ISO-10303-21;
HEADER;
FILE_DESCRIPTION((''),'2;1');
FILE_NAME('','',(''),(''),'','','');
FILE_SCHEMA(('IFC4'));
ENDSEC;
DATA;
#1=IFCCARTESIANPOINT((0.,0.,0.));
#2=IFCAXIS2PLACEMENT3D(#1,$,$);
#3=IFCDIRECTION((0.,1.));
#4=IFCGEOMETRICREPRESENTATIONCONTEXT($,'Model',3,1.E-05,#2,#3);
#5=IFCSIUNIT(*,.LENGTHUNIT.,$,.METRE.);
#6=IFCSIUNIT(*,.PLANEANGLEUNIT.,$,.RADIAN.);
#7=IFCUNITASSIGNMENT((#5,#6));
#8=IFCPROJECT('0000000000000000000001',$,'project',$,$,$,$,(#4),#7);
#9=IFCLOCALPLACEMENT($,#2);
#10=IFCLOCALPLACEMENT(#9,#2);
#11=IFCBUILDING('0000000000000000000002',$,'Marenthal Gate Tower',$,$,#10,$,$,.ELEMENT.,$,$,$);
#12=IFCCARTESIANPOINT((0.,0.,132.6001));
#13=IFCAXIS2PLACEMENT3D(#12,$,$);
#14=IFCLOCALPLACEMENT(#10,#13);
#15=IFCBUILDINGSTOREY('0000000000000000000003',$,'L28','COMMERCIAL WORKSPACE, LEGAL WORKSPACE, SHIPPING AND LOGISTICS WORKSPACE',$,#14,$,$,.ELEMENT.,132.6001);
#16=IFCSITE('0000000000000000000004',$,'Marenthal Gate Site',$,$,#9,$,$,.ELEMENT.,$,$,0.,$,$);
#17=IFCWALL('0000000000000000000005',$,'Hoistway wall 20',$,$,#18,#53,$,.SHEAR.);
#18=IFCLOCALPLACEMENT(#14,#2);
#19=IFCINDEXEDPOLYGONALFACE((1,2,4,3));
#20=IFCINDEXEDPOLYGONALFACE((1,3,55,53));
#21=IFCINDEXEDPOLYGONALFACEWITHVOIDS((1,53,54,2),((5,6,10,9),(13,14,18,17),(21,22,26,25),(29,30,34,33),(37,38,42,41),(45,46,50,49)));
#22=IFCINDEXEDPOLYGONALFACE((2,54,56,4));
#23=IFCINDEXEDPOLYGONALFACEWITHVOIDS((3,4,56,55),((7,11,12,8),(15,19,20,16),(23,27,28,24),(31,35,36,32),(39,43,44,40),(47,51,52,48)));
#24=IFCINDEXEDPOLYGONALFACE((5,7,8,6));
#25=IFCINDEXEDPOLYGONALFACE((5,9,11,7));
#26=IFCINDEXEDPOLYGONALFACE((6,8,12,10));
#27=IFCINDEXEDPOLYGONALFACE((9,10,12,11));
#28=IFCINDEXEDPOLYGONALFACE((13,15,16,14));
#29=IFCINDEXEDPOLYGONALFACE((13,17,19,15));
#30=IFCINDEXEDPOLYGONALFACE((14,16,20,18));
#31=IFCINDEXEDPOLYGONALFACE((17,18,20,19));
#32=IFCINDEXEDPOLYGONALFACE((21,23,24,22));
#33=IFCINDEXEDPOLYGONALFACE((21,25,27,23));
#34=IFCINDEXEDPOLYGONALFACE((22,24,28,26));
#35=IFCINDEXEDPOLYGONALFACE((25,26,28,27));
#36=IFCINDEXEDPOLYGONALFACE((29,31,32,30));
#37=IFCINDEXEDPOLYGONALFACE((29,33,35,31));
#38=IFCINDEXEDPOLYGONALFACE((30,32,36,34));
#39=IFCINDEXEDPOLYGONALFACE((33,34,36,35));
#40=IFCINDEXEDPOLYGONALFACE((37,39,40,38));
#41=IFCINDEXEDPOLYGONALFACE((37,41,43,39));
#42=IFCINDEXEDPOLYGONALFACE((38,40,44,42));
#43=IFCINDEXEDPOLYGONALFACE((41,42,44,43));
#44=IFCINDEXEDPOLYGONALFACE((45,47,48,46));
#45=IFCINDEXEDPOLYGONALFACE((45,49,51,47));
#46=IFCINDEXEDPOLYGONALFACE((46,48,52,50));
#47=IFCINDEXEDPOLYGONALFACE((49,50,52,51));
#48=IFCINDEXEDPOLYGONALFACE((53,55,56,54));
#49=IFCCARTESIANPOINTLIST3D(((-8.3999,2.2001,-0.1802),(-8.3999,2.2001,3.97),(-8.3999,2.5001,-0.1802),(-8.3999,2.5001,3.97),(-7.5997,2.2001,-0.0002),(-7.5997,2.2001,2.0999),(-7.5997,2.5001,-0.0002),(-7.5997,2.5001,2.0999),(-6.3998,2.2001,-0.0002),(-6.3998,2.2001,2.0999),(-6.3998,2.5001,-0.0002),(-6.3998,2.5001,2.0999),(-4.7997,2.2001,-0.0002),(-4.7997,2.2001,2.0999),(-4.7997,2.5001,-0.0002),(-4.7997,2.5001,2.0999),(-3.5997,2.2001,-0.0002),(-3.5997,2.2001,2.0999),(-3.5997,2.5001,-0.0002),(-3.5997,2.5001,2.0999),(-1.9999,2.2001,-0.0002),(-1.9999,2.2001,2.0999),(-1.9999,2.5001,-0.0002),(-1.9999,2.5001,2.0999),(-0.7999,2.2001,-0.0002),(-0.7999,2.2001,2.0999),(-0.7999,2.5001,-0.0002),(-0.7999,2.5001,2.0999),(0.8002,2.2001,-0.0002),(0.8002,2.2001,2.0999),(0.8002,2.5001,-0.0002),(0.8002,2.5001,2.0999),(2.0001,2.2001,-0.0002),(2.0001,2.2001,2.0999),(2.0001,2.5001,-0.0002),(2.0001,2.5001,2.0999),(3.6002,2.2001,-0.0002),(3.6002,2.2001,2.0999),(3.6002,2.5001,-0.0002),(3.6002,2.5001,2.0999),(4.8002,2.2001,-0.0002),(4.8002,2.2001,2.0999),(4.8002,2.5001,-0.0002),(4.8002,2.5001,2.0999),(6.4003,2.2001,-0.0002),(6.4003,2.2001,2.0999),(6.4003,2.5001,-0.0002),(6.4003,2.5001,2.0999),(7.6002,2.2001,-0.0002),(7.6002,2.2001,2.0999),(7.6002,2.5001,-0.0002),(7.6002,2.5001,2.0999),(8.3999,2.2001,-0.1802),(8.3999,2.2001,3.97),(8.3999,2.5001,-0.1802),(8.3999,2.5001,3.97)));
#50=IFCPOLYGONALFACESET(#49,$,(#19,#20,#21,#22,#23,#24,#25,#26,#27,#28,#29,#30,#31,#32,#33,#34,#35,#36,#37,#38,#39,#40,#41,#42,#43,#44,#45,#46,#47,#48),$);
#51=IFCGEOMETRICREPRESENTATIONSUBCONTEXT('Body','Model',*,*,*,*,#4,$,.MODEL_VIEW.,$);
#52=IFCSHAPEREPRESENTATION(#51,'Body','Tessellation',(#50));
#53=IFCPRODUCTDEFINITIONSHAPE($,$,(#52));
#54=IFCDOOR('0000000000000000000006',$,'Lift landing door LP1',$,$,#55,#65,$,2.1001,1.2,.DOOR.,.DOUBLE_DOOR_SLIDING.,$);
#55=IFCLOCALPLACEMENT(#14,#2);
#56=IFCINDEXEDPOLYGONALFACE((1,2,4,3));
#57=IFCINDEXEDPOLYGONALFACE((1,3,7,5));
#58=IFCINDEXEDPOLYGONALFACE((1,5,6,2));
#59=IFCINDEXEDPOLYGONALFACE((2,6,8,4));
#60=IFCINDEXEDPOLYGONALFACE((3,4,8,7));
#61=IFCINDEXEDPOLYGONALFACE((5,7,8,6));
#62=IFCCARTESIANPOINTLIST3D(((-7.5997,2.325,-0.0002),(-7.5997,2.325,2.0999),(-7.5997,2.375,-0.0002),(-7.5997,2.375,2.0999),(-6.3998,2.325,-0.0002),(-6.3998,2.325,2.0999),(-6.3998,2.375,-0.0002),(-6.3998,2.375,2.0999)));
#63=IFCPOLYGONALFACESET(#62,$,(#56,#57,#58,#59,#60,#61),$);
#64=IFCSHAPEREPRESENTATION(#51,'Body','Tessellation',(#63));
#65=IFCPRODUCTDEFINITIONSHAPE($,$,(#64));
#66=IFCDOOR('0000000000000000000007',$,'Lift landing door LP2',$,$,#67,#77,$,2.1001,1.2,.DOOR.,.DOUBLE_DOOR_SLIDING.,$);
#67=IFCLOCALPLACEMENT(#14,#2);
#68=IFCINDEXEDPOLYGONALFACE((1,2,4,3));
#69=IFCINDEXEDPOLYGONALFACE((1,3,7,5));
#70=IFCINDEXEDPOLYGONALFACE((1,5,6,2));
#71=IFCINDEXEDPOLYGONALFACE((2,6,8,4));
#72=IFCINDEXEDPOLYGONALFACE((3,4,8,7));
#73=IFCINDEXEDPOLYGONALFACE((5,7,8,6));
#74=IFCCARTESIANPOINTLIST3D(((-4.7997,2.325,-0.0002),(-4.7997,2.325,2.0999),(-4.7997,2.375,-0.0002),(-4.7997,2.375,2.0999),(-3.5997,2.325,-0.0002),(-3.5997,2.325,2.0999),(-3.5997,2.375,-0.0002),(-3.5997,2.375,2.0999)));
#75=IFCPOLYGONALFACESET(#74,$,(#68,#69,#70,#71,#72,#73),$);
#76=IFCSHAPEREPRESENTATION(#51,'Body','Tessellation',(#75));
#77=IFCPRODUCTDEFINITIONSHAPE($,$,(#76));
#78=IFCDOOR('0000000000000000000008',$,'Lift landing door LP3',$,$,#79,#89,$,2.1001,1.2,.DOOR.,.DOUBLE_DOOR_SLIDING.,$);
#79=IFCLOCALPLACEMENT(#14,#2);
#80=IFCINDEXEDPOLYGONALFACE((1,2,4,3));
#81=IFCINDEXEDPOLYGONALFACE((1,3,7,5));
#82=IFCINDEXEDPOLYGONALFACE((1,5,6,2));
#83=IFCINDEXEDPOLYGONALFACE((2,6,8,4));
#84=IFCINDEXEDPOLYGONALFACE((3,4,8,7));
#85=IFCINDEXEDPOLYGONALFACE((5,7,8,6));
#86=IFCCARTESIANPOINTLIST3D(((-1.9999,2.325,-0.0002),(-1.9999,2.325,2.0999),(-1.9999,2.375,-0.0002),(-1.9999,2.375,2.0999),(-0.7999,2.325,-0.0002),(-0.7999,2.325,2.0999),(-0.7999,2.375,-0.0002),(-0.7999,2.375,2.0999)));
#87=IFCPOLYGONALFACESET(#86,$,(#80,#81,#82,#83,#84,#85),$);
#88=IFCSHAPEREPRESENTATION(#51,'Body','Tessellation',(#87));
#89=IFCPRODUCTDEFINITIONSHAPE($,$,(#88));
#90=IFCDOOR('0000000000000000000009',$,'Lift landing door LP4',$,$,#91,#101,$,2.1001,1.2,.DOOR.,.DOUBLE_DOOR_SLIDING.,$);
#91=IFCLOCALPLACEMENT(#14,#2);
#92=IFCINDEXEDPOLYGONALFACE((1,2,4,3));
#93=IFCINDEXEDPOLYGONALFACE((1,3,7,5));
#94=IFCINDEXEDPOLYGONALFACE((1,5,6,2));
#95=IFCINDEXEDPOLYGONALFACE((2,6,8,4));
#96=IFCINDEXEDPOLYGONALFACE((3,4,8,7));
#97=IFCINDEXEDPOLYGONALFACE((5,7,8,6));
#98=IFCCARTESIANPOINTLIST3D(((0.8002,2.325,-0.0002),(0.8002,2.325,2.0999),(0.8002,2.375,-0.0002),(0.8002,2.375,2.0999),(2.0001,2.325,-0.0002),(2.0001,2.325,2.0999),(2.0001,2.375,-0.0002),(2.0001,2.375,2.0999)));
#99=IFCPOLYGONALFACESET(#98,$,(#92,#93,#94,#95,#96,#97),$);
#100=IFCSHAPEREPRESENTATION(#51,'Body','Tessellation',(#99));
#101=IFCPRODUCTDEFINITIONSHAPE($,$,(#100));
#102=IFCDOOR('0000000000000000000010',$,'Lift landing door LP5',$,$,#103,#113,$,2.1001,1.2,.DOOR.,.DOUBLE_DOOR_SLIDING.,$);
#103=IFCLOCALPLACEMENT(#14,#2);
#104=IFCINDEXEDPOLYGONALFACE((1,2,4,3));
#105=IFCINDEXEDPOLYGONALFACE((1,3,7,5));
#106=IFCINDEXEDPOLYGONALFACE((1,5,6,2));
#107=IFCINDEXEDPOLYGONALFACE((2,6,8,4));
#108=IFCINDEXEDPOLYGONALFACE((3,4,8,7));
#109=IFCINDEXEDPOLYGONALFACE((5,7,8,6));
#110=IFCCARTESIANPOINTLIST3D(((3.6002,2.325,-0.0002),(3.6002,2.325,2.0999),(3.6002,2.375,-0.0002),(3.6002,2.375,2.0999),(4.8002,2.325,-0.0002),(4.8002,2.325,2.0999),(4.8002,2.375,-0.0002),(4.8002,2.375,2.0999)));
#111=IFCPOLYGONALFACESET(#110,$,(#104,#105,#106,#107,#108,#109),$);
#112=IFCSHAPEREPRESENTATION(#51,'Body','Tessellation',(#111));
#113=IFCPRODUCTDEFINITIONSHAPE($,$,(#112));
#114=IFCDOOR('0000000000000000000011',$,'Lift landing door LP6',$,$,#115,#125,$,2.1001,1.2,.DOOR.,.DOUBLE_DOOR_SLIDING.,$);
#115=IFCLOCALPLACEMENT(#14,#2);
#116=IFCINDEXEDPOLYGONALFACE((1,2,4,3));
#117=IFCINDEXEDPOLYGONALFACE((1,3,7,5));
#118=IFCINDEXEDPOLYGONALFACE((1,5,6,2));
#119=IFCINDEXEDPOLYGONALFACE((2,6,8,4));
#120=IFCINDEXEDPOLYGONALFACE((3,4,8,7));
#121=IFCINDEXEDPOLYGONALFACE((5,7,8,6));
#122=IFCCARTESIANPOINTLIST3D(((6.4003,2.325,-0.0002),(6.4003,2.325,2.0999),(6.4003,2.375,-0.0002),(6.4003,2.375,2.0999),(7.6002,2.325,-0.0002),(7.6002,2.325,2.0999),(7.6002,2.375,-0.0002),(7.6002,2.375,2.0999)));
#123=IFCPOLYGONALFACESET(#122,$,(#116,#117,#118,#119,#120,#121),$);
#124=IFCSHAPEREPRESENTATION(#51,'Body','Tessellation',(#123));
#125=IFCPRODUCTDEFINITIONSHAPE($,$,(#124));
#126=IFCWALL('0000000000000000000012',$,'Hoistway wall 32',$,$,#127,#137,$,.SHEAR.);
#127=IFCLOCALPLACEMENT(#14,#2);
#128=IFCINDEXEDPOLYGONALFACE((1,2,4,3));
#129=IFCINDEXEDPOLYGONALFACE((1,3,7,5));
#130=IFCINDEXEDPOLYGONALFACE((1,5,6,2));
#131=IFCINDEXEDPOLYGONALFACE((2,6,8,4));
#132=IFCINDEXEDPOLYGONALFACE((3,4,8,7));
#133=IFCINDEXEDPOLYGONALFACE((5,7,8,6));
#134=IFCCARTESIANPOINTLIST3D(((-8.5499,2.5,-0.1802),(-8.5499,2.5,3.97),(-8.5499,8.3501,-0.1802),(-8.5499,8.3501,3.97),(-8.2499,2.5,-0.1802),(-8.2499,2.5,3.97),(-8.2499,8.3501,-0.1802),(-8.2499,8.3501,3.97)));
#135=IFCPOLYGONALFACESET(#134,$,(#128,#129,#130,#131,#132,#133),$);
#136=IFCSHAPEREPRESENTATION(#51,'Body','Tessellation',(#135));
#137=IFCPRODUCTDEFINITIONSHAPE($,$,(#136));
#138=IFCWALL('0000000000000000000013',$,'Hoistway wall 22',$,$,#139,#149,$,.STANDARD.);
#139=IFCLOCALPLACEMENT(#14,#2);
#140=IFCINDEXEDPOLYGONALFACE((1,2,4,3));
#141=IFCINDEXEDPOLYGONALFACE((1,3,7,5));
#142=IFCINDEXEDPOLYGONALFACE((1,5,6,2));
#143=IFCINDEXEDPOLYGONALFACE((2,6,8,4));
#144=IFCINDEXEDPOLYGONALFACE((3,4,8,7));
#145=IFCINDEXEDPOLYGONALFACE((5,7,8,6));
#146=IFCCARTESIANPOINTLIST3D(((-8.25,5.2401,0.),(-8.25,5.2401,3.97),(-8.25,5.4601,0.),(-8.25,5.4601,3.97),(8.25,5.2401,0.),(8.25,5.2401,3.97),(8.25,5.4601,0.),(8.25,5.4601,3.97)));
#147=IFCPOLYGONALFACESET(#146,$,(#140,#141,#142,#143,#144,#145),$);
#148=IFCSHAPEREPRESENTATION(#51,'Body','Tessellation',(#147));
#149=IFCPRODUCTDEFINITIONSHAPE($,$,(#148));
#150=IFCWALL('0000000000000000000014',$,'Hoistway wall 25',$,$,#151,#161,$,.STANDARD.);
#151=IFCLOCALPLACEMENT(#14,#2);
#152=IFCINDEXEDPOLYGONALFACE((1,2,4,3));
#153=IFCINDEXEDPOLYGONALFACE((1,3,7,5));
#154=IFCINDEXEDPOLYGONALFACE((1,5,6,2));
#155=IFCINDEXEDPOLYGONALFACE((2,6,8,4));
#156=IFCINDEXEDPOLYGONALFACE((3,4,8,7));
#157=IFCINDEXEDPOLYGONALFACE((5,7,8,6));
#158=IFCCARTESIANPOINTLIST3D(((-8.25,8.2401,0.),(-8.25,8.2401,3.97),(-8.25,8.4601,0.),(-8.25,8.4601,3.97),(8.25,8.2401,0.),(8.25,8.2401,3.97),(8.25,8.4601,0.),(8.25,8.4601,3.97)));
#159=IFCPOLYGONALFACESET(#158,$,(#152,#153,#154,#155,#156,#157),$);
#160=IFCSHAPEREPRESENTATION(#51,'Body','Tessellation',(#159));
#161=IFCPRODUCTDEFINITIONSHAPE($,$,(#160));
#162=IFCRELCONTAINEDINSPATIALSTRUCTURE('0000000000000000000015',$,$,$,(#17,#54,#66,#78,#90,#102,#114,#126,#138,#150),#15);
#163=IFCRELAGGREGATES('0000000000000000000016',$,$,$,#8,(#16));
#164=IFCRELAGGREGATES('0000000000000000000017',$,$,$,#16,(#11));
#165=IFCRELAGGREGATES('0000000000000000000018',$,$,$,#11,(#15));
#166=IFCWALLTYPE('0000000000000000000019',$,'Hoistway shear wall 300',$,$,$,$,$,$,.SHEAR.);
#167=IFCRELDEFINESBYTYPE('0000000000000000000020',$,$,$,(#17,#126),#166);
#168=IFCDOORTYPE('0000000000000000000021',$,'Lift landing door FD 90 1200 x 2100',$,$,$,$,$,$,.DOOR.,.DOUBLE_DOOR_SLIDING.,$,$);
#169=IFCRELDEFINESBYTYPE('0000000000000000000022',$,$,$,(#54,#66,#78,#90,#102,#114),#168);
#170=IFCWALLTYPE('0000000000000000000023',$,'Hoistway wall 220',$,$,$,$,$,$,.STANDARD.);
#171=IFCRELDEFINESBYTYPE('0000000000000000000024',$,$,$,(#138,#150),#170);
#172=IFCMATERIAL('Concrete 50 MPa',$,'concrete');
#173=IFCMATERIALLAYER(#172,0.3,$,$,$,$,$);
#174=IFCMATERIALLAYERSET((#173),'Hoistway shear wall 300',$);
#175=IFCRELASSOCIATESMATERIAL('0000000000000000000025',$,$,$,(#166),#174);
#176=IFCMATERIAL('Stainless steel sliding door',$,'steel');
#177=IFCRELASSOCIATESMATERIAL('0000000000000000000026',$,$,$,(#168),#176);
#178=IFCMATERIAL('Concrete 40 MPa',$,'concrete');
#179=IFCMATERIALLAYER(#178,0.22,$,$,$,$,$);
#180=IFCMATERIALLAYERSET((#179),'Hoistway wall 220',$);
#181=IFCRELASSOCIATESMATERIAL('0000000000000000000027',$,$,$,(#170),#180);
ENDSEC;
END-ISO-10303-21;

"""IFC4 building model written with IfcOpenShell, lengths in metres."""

from ifc_helpers import new_model, si_unit, direction, frame, frame_2d, origin, place, context, subcontext, project, spatial, rectangle, extrude, material, layer, layer_set, type_object, element, fill, save


model = new_model("IFC4")

# Units and contexts
model_context = context("Model", 3, precision=1e-05, world=origin(), true_north=direction((0.0, 1.0)))
body_context = subcontext(model_context, "Body", "Model", "MODEL_VIEW")
ifc_project = project(units=[si_unit("LENGTHUNIT", "METRE"), si_unit("PLANEANGLEUNIT", "RADIAN")], contexts=[model_context])

# Site, building, storey
site_placement = place(None, origin())
site = spatial("IfcSite", under=ifc_project, at=site_placement, Name="Marenthal Gate Site", CompositionType="ELEMENT", RefElevation=0.0)
building_placement = place(site_placement, origin())
building = spatial("IfcBuilding", under=site, at=building_placement, Name="Marenthal Gate Tower", CompositionType="ELEMENT")
storey_placement = place(building_placement, frame((0.0, 0.0, 132.6001)))
storey = spatial("IfcBuildingStorey", under=building, at=storey_placement, Name="L28", Description="COMMERCIAL WORKSPACE, LEGAL WORKSPACE, SHIPPING AND LOGISTICS WORKSPACE", CompositionType="ELEMENT", Elevation=132.6001)

# Wall, openings, doors
ifc_material_1 = material(Name="Concrete 50 MPa", Category="concrete")
ifc_layer_1 = layer(ifc_material_1, 0.3)
ifc_layer_set_1 = layer_set([ifc_layer_1], Name="Hoistway shear wall 300")
wall_type_1 = type_object("IfcWallType", Name="Hoistway shear wall 300", PredefinedType="SHEAR", material=ifc_layer_set_1)
wall_1_placement = place(storey_placement, frame((-8.3999, 2.3501, -0.1802), z_axis=(0.0, 0.0, 1.0), x_axis=(1.0, 0.0, 0.0)))
wall_1 = element("IfcWall", 1, at=wall_1_placement, inside=storey, type_object=wall_type_1, Name="Hoistway wall 20", PredefinedType="SHEAR", context=body_context, shape_type="SweptSolid", body=[
    extrude(rectangle(XDim=16.7998, YDim=0.3, at=frame_2d((8.3999, 0.0))), origin(), (0.0, 0.0, 1.0), 4.1501),
])
opening_1_placement = place(wall_1_placement, frame((0.8, 0.0, 0.1799)))
opening_1 = element("IfcOpeningElement", 2, at=opening_1_placement, cuts=wall_1, PredefinedType="OPENING", context=body_context, shape_type="SweptSolid", body=[
    extrude(rectangle(XDim=1.2, YDim=2.1001, at=frame_2d((0.6001, 1.05))), frame((0.0, 0.1602, 0.0), z_axis=(0.0, -1.0, 0.0), x_axis=(1.0, 0.0, 0.0)), (0.0, 0.0, 1.0), 0.3201),
])
opening_2_placement = place(wall_1_placement, frame((3.6001, 0.0, 0.1799)))
opening_2 = element("IfcOpeningElement", 3, at=opening_2_placement, cuts=wall_1, PredefinedType="OPENING", context=body_context, shape_type="SweptSolid", body=[
    extrude(rectangle(XDim=1.2, YDim=2.1001, at=frame_2d((0.6001, 1.05))), frame((0.0, 0.1602, 0.0), z_axis=(0.0, -1.0, 0.0), x_axis=(1.0, 0.0, 0.0)), (0.0, 0.0, 1.0), 0.3201),
])
opening_3_placement = place(wall_1_placement, frame((6.3999, 0.0, 0.1799)))
opening_3 = element("IfcOpeningElement", 4, at=opening_3_placement, cuts=wall_1, PredefinedType="OPENING", context=body_context, shape_type="SweptSolid", body=[
    extrude(rectangle(XDim=1.2, YDim=2.1001, at=frame_2d((0.6001, 1.05))), frame((0.0, 0.1602, 0.0), z_axis=(0.0, -1.0, 0.0), x_axis=(1.0, 0.0, 0.0)), (0.0, 0.0, 1.0), 0.3201),
])
opening_4_placement = place(wall_1_placement, frame((9.2, 0.0, 0.1799)))
opening_4 = element("IfcOpeningElement", 5, at=opening_4_placement, cuts=wall_1, PredefinedType="OPENING", context=body_context, shape_type="SweptSolid", body=[
    extrude(rectangle(XDim=1.2, YDim=2.1001, at=frame_2d((0.6001, 1.05))), frame((0.0, 0.1602, 0.0), z_axis=(0.0, -1.0, 0.0), x_axis=(1.0, 0.0, 0.0)), (0.0, 0.0, 1.0), 0.3201),
])
opening_5_placement = place(wall_1_placement, frame((12.0, 0.0, 0.1799)))
opening_5 = element("IfcOpeningElement", 6, at=opening_5_placement, cuts=wall_1, PredefinedType="OPENING", context=body_context, shape_type="SweptSolid", body=[
    extrude(rectangle(XDim=1.2, YDim=2.1001, at=frame_2d((0.6001, 1.05))), frame((0.0, 0.1602, 0.0), z_axis=(0.0, -1.0, 0.0), x_axis=(1.0, 0.0, 0.0)), (0.0, 0.0, 1.0), 0.3201),
])
opening_6_placement = place(wall_1_placement, frame((14.8, 0.0, 0.1799)))
opening_6 = element("IfcOpeningElement", 7, at=opening_6_placement, cuts=wall_1, PredefinedType="OPENING", context=body_context, shape_type="SweptSolid", body=[
    extrude(rectangle(XDim=1.2, YDim=2.1001, at=frame_2d((0.6001, 1.05))), frame((0.0, 0.1602, 0.0), z_axis=(0.0, -1.0, 0.0), x_axis=(1.0, 0.0, 0.0)), (0.0, 0.0, 1.0), 0.3201),
])
ifc_material_2 = material(Name="Stainless steel sliding door", Category="steel")
door_type = type_object("IfcDoorType", Name="Lift landing door FD 90 1200 x 2100", OperationType="DOUBLE_DOOR_SLIDING", PredefinedType="DOOR", material=ifc_material_2)
door_1_placement = place(opening_1_placement, origin())
door_1 = element("IfcDoor", 8, at=door_1_placement, inside=storey, type_object=door_type, Name="Lift landing door LP1", OperationType="DOUBLE_DOOR_SLIDING", OverallHeight=2.1001, OverallWidth=1.2, PredefinedType="DOOR", context=body_context, shape_type="SweptSolid", body=[
    extrude(rectangle(XDim=1.2, YDim=2.1001, at=frame_2d((0.6001, 1.05))), frame((0.0, 0.0249, 0.0), z_axis=(0.0, -1.0, 0.0), x_axis=(1.0, 0.0, 0.0)), (0.0, 0.0, 1.0), 0.05),
])
fill(opening_1, door_1)
door_2_placement = place(opening_2_placement, origin())
door_2 = element("IfcDoor", 9, at=door_2_placement, inside=storey, type_object=door_type, Name="Lift landing door LP2", OperationType="DOUBLE_DOOR_SLIDING", OverallHeight=2.1001, OverallWidth=1.2, PredefinedType="DOOR", context=body_context, shape_type="SweptSolid", body=[
    extrude(rectangle(XDim=1.2, YDim=2.1001, at=frame_2d((0.6001, 1.05))), frame((0.0, 0.0249, 0.0), z_axis=(0.0, -1.0, 0.0), x_axis=(1.0, 0.0, 0.0)), (0.0, 0.0, 1.0), 0.05),
])
fill(opening_2, door_2)
door_3_placement = place(opening_3_placement, origin())
door_3 = element("IfcDoor", 10, at=door_3_placement, inside=storey, type_object=door_type, Name="Lift landing door LP3", OperationType="DOUBLE_DOOR_SLIDING", OverallHeight=2.1001, OverallWidth=1.2, PredefinedType="DOOR", context=body_context, shape_type="SweptSolid", body=[
    extrude(rectangle(XDim=1.2, YDim=2.1001, at=frame_2d((0.6001, 1.05))), frame((0.0, 0.0249, 0.0), z_axis=(0.0, -1.0, 0.0), x_axis=(1.0, 0.0, 0.0)), (0.0, 0.0, 1.0), 0.05),
])
fill(opening_3, door_3)
door_4_placement = place(opening_4_placement, origin())
door_4 = element("IfcDoor", 11, at=door_4_placement, inside=storey, type_object=door_type, Name="Lift landing door LP4", OperationType="DOUBLE_DOOR_SLIDING", OverallHeight=2.1001, OverallWidth=1.2, PredefinedType="DOOR", context=body_context, shape_type="SweptSolid", body=[
    extrude(rectangle(XDim=1.2, YDim=2.1001, at=frame_2d((0.6001, 1.05))), frame((0.0, 0.0249, 0.0), z_axis=(0.0, -1.0, 0.0), x_axis=(1.0, 0.0, 0.0)), (0.0, 0.0, 1.0), 0.05),
])
fill(opening_4, door_4)
door_5_placement = place(opening_5_placement, origin())
door_5 = element("IfcDoor", 12, at=door_5_placement, inside=storey, type_object=door_type, Name="Lift landing door LP5", OperationType="DOUBLE_DOOR_SLIDING", OverallHeight=2.1001, OverallWidth=1.2, PredefinedType="DOOR", context=body_context, shape_type="SweptSolid", body=[
    extrude(rectangle(XDim=1.2, YDim=2.1001, at=frame_2d((0.6001, 1.05))), frame((0.0, 0.0249, 0.0), z_axis=(0.0, -1.0, 0.0), x_axis=(1.0, 0.0, 0.0)), (0.0, 0.0, 1.0), 0.05),
])
fill(opening_5, door_5)
door_6_placement = place(opening_6_placement, origin())
door_6 = element("IfcDoor", 13, at=door_6_placement, inside=storey, type_object=door_type, Name="Lift landing door LP6", OperationType="DOUBLE_DOOR_SLIDING", OverallHeight=2.1001, OverallWidth=1.2, PredefinedType="DOOR", context=body_context, shape_type="SweptSolid", body=[
    extrude(rectangle(XDim=1.2, YDim=2.1001, at=frame_2d((0.6001, 1.05))), frame((0.0, 0.0249, 0.0), z_axis=(0.0, -1.0, 0.0), x_axis=(1.0, 0.0, 0.0)), (0.0, 0.0, 1.0), 0.05),
])
fill(opening_6, door_6)

# Walls
wall_2_placement = place(storey_placement, frame((-8.3999, 2.5, -0.1802), z_axis=(0.0, 0.0, 1.0), x_axis=(0.0, 1.0, 0.0)))
element("IfcWall", 14, at=wall_2_placement, inside=storey, type_object=wall_type_1, Name="Hoistway wall 32", PredefinedType="SHEAR", context=body_context, shape_type="SweptSolid", body=[
    extrude(rectangle(XDim=5.8501, YDim=0.3, at=frame_2d((2.925, 0.0))), origin(), (0.0, 0.0, 1.0), 4.1501),
])
ifc_material_3 = material(Name="Concrete 40 MPa", Category="concrete")
ifc_layer_2 = layer(ifc_material_3, 0.22)
ifc_layer_set_2 = layer_set([ifc_layer_2], Name="Hoistway wall 220")
wall_type_2 = type_object("IfcWallType", Name="Hoistway wall 220", PredefinedType="STANDARD", material=ifc_layer_set_2)
for number, where, z_axis, x_axis, name in (
    (15, (-8.25, 5.3501, 0.0), (0.0, 0.0, 1.0), (1.0, 0.0, 0.0), "Hoistway wall 22"),
    (16, (-8.25, 8.3501, 0.0), (0.0, 0.0, 1.0), (1.0, 0.0, 0.0), "Hoistway wall 25"),
):
    element("IfcWall", number, at=place(storey_placement, frame(where, z_axis=z_axis, x_axis=x_axis)), inside=storey, type_object=wall_type_2, Name=name, PredefinedType="STANDARD", context=body_context, shape_type="SweptSolid", body=[
        extrude(rectangle(XDim=16.5, YDim=0.22, at=frame_2d((8.25, 0.0))), origin(), (0.0, 0.0, 1.0), 3.97),
    ])

save(model, "model.ifc")
